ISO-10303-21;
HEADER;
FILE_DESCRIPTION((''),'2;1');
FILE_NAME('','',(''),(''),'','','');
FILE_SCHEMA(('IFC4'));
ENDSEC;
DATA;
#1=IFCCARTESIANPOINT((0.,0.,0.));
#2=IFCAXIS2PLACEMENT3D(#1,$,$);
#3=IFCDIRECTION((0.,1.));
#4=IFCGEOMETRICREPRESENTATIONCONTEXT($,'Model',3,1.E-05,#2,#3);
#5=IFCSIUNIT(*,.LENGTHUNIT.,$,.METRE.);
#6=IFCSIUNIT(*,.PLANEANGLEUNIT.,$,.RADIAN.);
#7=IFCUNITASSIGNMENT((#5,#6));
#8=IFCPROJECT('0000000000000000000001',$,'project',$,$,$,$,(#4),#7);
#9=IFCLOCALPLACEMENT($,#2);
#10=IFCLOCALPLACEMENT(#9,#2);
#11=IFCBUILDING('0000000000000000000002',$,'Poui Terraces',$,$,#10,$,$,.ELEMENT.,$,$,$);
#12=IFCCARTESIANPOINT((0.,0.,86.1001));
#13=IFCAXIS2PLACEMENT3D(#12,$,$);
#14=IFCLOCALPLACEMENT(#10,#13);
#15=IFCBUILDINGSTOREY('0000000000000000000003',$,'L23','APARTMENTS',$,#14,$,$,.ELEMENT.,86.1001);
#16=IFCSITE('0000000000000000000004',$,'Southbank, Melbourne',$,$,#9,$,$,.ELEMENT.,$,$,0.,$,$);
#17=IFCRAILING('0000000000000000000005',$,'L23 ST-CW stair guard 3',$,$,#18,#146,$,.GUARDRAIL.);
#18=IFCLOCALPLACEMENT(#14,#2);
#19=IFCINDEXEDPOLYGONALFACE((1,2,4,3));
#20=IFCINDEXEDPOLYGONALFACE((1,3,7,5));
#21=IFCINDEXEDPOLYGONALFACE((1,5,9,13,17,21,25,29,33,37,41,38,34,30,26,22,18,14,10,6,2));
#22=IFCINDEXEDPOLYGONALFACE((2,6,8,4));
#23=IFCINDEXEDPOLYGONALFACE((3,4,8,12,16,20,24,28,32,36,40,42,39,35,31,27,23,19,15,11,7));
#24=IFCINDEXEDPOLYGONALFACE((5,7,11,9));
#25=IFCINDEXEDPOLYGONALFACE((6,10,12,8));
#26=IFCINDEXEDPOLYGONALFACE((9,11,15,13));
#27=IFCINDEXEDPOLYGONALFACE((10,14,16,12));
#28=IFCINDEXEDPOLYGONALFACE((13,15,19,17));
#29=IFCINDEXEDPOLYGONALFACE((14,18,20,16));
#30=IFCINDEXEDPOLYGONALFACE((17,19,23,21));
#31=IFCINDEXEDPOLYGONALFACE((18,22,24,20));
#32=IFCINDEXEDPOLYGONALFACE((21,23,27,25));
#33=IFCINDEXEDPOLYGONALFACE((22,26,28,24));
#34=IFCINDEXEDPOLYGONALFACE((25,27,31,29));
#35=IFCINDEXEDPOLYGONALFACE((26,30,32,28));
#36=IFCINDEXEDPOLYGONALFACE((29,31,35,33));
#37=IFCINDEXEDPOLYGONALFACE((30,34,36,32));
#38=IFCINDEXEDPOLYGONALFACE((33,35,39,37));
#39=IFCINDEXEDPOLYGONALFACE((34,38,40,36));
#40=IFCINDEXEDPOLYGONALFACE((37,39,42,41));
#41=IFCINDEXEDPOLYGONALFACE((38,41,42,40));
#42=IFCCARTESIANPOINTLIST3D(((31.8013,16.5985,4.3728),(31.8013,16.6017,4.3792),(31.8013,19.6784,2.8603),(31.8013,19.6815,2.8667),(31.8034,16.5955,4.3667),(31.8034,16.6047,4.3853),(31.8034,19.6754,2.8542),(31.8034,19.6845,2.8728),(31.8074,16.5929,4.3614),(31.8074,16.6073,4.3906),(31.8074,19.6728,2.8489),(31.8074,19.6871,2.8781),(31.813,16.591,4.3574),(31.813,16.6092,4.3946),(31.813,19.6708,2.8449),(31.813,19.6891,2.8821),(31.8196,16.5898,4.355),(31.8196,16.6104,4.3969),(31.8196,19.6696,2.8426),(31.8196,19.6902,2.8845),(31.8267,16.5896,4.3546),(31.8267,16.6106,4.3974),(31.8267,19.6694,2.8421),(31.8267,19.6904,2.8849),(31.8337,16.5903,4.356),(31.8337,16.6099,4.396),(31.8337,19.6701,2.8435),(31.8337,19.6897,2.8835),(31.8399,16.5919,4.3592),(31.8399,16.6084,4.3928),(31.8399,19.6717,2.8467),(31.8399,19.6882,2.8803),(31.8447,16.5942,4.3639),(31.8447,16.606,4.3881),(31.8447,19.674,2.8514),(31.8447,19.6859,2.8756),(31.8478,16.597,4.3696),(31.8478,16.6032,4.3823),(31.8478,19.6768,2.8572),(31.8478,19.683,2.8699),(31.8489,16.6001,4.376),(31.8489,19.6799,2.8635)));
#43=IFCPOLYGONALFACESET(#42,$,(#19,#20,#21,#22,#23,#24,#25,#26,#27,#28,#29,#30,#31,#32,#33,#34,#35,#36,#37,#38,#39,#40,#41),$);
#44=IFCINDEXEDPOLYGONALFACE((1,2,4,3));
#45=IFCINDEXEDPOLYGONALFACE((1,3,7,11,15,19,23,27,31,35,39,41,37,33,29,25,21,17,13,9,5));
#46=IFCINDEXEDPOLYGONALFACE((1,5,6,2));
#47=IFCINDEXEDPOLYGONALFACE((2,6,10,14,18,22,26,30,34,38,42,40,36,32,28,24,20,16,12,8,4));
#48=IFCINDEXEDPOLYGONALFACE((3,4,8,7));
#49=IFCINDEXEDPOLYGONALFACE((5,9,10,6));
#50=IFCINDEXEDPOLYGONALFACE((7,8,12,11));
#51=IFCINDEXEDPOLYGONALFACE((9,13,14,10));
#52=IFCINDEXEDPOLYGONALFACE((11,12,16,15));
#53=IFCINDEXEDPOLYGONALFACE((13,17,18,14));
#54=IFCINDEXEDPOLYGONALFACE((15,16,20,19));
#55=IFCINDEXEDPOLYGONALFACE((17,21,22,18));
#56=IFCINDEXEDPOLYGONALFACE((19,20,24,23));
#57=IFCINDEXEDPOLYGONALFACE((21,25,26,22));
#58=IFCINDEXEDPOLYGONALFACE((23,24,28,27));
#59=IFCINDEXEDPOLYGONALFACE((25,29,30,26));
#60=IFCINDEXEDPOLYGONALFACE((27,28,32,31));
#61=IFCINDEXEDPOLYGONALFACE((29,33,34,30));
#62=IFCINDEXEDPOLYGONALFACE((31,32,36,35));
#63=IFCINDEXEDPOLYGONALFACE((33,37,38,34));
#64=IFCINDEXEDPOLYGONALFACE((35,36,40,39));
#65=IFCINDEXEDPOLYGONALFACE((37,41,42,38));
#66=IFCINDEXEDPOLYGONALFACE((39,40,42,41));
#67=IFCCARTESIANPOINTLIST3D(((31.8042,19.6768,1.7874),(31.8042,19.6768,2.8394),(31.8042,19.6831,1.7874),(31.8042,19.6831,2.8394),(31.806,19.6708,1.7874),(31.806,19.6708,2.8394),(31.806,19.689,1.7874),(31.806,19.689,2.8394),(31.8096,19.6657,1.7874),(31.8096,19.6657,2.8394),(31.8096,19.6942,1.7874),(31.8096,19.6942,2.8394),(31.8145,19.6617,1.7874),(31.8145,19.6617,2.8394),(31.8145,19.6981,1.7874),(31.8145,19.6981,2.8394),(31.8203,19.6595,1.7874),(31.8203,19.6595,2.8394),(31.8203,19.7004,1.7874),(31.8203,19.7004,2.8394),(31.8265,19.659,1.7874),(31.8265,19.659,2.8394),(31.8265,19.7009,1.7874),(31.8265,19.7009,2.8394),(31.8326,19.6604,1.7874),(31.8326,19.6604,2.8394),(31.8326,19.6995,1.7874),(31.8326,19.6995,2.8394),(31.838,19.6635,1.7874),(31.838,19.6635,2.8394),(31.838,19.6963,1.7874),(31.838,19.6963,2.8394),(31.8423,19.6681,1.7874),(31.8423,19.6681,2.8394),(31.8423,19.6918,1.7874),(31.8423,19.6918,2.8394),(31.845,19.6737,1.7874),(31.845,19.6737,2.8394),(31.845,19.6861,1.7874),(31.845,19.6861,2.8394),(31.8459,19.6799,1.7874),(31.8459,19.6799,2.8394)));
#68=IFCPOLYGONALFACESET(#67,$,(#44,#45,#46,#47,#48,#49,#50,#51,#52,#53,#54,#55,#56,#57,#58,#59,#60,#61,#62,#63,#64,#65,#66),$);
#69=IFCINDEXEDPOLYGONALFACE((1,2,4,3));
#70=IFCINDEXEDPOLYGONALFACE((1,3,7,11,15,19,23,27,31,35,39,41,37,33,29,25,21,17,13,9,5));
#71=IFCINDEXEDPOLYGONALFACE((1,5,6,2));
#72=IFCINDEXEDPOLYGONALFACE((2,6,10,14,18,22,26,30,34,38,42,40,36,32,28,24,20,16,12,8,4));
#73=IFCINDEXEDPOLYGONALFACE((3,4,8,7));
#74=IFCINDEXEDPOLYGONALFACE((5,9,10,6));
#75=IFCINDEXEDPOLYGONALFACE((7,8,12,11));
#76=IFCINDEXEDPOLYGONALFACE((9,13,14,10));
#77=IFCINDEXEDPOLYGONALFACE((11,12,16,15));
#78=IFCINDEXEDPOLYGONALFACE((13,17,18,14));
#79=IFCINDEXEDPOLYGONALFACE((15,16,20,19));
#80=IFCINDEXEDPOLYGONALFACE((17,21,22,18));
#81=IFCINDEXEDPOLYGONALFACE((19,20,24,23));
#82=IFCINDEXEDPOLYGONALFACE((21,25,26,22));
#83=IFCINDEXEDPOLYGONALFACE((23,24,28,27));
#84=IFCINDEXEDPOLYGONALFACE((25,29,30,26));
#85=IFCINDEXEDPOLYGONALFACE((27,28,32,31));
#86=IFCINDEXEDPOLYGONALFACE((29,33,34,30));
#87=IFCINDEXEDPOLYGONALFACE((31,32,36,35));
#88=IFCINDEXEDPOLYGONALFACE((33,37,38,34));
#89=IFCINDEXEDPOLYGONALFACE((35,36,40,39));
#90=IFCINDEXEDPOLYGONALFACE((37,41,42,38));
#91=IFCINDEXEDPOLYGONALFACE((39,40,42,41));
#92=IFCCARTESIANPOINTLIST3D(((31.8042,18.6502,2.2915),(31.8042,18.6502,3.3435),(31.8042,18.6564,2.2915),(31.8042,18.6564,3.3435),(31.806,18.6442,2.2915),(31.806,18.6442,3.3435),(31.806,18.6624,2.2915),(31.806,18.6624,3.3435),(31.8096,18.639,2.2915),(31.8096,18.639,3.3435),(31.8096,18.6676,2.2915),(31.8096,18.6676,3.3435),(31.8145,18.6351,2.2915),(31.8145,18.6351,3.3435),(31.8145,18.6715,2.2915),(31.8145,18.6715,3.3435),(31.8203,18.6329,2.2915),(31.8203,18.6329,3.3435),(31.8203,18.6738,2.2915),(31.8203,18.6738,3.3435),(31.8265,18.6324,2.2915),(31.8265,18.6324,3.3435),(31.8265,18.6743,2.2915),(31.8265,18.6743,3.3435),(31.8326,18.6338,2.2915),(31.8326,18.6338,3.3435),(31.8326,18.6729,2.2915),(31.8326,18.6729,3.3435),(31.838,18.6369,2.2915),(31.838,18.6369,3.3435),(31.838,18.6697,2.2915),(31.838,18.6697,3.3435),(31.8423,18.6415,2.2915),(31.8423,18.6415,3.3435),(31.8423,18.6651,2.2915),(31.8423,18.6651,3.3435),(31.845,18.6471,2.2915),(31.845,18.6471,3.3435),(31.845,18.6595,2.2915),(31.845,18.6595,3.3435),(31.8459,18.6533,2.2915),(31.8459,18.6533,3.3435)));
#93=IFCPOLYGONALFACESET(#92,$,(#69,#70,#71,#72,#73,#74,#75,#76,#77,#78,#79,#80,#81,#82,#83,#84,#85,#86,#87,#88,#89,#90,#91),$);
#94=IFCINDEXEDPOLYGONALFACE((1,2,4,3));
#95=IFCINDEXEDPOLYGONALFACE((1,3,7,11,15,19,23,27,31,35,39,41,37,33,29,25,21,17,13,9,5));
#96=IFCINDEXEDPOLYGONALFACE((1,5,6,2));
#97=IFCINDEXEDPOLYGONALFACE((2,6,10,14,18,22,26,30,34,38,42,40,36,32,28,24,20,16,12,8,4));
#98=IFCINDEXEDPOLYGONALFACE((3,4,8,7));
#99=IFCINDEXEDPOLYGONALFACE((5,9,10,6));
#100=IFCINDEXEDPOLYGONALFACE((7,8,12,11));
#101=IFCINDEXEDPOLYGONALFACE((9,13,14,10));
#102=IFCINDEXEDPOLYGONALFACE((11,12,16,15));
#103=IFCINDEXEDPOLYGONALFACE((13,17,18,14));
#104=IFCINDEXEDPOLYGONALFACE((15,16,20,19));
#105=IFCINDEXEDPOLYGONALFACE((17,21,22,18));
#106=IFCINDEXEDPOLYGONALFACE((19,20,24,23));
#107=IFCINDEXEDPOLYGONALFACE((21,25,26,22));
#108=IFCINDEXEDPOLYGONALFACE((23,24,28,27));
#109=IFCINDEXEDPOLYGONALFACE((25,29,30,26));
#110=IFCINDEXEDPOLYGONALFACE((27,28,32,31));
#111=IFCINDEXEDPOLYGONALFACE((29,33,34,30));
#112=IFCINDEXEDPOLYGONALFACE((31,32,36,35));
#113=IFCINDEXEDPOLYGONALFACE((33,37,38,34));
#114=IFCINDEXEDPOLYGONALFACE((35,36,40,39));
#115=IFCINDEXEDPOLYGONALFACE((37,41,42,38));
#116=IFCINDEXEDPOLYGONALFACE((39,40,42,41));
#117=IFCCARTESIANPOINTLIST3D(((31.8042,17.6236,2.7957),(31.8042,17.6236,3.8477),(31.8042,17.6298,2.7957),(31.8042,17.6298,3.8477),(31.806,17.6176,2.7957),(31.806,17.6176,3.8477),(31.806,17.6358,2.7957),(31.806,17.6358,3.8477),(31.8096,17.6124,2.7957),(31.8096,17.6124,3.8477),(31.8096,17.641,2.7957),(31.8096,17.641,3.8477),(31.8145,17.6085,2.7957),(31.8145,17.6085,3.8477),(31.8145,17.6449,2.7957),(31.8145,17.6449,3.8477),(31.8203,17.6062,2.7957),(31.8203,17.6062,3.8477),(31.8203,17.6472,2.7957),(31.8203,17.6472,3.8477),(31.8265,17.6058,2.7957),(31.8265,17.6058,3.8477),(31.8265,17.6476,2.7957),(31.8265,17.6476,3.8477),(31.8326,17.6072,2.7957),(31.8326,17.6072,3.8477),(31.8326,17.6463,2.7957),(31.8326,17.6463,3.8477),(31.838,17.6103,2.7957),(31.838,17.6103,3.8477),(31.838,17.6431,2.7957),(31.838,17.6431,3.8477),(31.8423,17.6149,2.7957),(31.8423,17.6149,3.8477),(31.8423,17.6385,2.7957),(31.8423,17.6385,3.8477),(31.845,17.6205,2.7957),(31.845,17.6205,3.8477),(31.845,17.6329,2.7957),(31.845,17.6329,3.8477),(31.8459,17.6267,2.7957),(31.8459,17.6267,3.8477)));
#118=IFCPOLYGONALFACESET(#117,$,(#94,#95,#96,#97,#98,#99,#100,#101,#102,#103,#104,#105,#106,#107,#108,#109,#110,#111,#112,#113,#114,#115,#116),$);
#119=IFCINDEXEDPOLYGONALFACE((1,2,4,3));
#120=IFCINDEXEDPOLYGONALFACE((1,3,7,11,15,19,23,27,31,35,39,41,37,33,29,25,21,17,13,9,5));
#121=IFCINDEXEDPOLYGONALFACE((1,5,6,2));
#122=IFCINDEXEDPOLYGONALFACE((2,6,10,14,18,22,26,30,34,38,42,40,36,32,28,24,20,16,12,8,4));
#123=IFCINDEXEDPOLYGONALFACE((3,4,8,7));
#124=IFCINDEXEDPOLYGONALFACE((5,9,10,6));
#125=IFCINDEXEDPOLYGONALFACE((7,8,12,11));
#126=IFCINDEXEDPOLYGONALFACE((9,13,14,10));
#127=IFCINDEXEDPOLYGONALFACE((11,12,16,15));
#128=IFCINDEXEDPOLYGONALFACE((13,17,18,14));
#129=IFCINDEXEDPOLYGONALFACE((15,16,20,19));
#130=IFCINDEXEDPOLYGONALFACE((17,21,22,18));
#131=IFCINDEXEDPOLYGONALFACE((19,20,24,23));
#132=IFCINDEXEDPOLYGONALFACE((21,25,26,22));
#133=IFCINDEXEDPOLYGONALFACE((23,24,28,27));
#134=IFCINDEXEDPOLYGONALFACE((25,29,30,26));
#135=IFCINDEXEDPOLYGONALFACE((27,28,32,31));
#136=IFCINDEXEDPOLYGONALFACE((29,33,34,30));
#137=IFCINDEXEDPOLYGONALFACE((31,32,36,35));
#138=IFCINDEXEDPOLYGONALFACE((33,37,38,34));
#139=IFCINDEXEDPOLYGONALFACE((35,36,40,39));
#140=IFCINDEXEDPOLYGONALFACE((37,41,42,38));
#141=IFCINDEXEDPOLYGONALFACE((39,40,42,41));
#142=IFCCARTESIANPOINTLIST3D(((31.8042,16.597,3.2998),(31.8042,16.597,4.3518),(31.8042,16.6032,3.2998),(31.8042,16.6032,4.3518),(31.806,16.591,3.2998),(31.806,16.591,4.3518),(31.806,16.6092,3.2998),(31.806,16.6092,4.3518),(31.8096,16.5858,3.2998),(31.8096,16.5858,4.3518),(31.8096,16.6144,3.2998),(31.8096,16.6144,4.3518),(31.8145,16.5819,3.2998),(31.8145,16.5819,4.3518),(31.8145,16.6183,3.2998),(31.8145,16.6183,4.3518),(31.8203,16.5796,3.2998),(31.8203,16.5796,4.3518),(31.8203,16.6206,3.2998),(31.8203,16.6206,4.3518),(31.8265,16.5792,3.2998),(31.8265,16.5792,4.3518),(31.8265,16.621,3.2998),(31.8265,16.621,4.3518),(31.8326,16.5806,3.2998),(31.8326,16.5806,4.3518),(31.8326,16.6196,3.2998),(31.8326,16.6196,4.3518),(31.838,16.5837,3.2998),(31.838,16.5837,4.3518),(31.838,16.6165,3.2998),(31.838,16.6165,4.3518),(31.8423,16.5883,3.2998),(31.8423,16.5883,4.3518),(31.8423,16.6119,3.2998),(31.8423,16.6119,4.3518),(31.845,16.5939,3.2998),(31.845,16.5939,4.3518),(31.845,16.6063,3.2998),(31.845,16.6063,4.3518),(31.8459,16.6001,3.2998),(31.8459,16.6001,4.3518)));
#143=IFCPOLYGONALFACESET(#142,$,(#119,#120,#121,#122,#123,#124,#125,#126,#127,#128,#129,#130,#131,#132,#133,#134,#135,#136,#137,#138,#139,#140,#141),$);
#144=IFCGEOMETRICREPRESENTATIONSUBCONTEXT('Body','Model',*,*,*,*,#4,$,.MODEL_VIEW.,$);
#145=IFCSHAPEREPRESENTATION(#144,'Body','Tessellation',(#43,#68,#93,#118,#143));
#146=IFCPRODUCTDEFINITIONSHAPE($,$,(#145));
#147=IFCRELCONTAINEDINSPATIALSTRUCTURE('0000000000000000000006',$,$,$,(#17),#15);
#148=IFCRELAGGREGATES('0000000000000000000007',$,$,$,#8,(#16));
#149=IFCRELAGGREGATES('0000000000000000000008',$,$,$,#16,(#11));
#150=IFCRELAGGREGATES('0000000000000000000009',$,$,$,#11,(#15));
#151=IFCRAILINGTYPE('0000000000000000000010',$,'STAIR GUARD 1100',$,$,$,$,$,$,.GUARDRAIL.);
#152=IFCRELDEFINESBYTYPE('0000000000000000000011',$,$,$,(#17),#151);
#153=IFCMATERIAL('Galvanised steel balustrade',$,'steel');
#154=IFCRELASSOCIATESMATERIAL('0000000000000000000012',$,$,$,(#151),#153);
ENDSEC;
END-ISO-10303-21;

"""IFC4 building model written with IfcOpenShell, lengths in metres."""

from ifc_helpers import new_model, si_unit, direction, frame, origin, origin_2d, place, context, subcontext, project, spatial, circle, extrude, material, type_object, element, save


model = new_model("IFC4")

# Units and contexts
model_context = context("Model", 3, precision=1e-05, world=origin(), true_north=direction((0.0, 1.0)))
body_context = subcontext(model_context, "Body", "Model", "MODEL_VIEW")
ifc_project = project(units=[si_unit("LENGTHUNIT", "METRE"), si_unit("PLANEANGLEUNIT", "RADIAN")], contexts=[model_context])

# Site, building, storey
site_placement = place(None, origin())
site = spatial("IfcSite", under=ifc_project, at=site_placement, Name="Southbank, Melbourne", CompositionType="ELEMENT", RefElevation=0.0)
building_placement = place(site_placement, origin())
building = spatial("IfcBuilding", under=site, at=building_placement, Name="Poui Terraces", CompositionType="ELEMENT")
storey_placement = place(building_placement, frame((0.0, 0.0, 86.1001)))
storey = spatial("IfcBuildingStorey", under=building, at=storey_placement, Name="L23", Description="APARTMENTS", CompositionType="ELEMENT", Elevation=86.1001)

# Railing
ifc_material_1 = material(Name="Galvanised steel balustrade", Category="steel")
railing_type_1 = type_object("IfcRailingType", Name="STAIR GUARD 1100", PredefinedType="GUARDRAIL", material=ifc_material_1)
railing_1_placement = place(storey_placement, frame((31.825, 19.6799, 1.7874)))
element("IfcRailing", 1, at=railing_1_placement, inside=storey, type_object=railing_type_1, Name="L23 ST-CW stair guard 3", PredefinedType="GUARDRAIL", context=body_context, shape_type="SweptSolid", body=[
    extrude(circle(Radius=0.0239, at=origin_2d()), frame((0.0, 0.0, 1.0762), z_axis=(0.0, -0.897606, 0.440798), x_axis=(1.0, 0.0, 0.0)), (0.0, 0.0, 1.0), 3.4312),
    extrude(circle(Radius=0.021, at=origin_2d()), origin(), (0.0, 0.0, 1.0), 1.052),
    extrude(circle(Radius=0.021, at=origin_2d()), frame((0.0, -1.0266, 0.5042)), (0.0, 0.0, 1.0), 1.052),
    extrude(circle(Radius=0.021, at=origin_2d()), frame((0.0, -2.0532, 1.0083)), (0.0, 0.0, 1.0), 1.052),
    extrude(circle(Radius=0.021, at=origin_2d()), frame((0.0, -3.0798, 1.5125)), (0.0, 0.0, 1.0), 1.052),
])

save(model, "model.ifc")
